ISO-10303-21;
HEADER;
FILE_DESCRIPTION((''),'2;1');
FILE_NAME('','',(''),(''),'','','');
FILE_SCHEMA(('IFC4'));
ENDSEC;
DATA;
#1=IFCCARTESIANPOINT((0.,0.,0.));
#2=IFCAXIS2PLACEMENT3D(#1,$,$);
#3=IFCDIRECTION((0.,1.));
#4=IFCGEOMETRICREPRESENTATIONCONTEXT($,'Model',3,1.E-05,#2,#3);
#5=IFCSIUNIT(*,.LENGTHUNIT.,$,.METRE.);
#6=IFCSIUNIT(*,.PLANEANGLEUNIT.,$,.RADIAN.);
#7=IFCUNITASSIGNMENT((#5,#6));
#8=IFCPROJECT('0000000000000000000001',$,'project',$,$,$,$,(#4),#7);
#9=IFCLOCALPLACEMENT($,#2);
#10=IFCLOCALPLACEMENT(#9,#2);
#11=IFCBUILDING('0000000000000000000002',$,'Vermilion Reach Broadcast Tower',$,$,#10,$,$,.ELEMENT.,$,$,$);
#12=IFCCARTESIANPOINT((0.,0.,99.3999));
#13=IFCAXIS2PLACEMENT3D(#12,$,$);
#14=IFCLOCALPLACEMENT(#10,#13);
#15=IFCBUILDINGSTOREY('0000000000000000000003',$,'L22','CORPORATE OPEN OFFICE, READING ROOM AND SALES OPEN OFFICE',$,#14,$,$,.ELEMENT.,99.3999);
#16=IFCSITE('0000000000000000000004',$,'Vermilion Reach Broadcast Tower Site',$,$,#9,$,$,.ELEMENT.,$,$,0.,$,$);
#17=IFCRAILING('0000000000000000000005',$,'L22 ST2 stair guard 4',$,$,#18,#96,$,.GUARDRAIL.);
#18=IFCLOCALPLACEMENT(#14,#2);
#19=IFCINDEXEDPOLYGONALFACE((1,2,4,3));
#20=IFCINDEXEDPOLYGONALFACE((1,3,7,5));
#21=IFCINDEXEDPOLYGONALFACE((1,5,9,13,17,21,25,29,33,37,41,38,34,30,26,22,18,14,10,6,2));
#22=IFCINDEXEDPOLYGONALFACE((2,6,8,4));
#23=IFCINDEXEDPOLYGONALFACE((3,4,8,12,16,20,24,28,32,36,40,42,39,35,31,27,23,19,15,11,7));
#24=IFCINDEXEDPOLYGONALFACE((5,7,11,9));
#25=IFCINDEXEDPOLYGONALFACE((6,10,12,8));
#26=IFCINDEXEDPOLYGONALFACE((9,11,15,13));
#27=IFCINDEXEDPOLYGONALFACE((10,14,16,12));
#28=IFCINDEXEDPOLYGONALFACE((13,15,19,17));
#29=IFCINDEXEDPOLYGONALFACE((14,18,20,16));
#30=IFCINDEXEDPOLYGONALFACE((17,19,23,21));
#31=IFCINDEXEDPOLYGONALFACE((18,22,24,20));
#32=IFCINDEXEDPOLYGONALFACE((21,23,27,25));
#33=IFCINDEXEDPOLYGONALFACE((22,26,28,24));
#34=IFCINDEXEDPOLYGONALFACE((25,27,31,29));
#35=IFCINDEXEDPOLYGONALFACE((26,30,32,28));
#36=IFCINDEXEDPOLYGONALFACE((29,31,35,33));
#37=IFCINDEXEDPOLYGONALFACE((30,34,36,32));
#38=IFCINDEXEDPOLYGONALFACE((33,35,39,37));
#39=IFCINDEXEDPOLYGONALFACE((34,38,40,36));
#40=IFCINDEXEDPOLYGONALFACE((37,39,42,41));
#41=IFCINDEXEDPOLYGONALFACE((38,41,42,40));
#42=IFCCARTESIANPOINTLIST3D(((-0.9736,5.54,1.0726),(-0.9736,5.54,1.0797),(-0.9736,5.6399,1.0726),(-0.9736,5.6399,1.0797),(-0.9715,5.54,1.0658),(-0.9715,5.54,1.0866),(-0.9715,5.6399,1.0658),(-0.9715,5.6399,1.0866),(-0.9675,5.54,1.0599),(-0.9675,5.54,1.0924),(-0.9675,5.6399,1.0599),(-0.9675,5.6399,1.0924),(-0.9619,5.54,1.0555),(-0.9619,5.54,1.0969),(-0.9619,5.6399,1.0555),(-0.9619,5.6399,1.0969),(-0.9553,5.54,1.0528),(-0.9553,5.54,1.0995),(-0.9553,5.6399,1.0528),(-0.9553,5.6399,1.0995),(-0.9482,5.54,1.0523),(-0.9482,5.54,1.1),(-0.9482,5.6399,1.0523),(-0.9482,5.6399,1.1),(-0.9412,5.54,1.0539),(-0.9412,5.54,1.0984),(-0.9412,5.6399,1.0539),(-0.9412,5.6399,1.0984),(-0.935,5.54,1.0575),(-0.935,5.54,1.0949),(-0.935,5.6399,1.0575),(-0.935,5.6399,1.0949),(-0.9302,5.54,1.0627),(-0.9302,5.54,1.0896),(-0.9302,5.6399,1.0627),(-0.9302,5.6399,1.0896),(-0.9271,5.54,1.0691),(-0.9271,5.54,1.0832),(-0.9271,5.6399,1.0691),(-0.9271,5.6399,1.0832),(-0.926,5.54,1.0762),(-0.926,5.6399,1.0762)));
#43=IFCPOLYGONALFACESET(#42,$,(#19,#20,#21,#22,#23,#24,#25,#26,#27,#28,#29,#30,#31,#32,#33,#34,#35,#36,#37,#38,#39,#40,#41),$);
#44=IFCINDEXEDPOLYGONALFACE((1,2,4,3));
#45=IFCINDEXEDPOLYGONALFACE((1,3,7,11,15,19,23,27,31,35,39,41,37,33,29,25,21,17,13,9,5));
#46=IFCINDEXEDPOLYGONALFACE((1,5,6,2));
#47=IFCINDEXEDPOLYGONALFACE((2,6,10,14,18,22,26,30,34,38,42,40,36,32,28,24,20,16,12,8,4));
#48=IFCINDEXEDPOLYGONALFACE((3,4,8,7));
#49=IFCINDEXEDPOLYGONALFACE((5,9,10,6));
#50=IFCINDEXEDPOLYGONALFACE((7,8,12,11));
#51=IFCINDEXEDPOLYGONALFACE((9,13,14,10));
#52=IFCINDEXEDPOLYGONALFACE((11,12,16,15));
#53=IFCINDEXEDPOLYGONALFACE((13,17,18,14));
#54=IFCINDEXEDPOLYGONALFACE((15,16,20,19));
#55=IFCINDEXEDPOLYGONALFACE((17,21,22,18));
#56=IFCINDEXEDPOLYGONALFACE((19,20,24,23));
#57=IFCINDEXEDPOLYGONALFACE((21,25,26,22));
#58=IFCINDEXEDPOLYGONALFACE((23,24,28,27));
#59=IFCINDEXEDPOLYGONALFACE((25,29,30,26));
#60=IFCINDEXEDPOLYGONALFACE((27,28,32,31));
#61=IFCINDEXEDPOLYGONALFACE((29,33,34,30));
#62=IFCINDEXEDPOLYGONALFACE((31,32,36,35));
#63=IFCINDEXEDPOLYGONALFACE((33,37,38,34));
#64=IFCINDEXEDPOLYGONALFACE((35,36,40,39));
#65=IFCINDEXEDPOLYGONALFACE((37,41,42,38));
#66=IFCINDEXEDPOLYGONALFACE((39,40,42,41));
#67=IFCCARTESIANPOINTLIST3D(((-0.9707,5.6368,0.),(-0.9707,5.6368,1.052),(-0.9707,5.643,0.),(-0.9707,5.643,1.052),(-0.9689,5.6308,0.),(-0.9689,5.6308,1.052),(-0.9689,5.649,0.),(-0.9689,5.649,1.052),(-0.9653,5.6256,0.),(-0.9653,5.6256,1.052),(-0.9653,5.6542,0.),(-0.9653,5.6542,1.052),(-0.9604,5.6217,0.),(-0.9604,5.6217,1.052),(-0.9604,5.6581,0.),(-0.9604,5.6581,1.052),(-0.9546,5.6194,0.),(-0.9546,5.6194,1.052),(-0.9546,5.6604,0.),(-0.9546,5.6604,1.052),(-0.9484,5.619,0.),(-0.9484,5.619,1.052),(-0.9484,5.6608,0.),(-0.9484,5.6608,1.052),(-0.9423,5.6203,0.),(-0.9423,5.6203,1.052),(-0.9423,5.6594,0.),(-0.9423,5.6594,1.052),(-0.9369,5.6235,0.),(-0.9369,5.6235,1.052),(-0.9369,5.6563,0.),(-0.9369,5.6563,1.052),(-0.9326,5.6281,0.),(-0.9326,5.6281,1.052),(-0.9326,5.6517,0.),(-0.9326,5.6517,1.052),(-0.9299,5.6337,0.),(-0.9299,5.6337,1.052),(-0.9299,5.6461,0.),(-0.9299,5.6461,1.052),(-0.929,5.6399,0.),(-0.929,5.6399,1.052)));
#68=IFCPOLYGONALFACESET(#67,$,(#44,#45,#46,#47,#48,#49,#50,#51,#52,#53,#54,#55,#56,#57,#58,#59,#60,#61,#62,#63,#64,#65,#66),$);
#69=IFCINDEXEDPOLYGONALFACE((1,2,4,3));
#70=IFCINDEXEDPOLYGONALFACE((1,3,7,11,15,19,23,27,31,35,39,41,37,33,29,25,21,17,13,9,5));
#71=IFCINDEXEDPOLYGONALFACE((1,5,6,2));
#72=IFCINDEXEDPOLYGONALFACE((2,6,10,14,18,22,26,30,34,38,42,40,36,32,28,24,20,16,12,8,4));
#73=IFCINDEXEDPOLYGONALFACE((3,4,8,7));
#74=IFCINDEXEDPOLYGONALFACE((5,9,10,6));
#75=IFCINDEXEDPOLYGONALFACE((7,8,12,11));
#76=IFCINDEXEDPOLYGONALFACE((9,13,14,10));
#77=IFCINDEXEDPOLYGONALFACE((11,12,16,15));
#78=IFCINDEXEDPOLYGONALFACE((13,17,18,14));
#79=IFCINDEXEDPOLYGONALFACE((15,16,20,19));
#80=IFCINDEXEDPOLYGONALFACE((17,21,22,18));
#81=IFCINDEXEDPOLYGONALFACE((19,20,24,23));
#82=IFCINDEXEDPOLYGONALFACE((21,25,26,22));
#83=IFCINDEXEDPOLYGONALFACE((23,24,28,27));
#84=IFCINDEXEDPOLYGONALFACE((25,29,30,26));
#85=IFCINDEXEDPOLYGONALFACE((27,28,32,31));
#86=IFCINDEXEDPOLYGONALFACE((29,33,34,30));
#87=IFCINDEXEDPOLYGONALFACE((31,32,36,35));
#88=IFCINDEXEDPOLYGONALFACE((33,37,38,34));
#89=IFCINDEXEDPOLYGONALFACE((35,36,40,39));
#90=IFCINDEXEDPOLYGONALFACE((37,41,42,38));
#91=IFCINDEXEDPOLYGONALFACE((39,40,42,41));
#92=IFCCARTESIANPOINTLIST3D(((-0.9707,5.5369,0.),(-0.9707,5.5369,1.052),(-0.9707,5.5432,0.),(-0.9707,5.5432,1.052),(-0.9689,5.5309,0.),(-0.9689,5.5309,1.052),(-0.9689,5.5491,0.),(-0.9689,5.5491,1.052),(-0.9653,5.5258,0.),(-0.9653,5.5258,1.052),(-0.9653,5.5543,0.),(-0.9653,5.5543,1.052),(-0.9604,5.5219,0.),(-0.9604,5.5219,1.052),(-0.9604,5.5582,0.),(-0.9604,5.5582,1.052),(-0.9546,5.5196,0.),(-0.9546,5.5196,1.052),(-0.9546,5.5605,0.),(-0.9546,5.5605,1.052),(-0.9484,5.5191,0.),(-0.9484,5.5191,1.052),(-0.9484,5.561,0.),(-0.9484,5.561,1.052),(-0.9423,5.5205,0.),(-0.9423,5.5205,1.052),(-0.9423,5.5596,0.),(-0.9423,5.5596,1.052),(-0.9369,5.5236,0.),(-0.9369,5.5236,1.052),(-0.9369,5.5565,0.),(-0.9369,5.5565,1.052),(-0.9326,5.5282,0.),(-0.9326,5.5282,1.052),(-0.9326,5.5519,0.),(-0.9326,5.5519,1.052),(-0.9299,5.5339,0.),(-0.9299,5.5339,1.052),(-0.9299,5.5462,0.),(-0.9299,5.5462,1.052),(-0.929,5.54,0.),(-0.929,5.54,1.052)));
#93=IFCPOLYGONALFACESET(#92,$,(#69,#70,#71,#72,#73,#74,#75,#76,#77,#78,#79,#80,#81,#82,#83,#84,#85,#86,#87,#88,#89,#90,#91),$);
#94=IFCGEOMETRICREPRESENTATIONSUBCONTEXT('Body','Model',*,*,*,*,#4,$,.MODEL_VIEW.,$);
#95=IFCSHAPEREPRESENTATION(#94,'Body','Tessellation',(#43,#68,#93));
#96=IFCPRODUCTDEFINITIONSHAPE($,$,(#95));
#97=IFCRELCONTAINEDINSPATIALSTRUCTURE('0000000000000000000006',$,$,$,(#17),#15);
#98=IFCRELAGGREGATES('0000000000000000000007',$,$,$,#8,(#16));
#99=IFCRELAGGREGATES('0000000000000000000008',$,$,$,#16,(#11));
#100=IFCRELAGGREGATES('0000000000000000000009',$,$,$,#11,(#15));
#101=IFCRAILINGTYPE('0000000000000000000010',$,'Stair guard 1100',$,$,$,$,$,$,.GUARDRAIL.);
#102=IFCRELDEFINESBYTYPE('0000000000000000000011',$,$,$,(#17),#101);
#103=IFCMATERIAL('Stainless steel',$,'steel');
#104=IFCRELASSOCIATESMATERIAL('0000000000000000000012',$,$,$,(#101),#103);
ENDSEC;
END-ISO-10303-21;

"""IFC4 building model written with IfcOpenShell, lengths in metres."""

from ifc_helpers import new_model, si_unit, direction, frame, origin, origin_2d, place, context, subcontext, project, spatial, circle, extrude, material, type_object, element, save


model = new_model("IFC4")

# Units and contexts
model_context = context("Model", 3, precision=1e-05, world=origin(), true_north=direction((0.0, 1.0)))
body_context = subcontext(model_context, "Body", "Model", "MODEL_VIEW")
ifc_project = project(units=[si_unit("LENGTHUNIT", "METRE"), si_unit("PLANEANGLEUNIT", "RADIAN")], contexts=[model_context])

# Site, building, storey
site_placement = place(None, origin())
site = spatial("IfcSite", under=ifc_project, at=site_placement, Name="Vermilion Reach Broadcast Tower Site", CompositionType="ELEMENT", RefElevation=0.0)
building_placement = place(site_placement, origin())
building = spatial("IfcBuilding", under=site, at=building_placement, Name="Vermilion Reach Broadcast Tower", CompositionType="ELEMENT")
storey_placement = place(building_placement, frame((0.0, 0.0, 99.3999)))
storey = spatial("IfcBuildingStorey", under=building, at=storey_placement, Name="L22", Description="CORPORATE OPEN OFFICE, READING ROOM AND SALES OPEN OFFICE", CompositionType="ELEMENT", Elevation=99.3999)

# Railing
ifc_material_1 = material(Name="Stainless steel", Category="steel")
railing_type_1 = type_object("IfcRailingType", Name="Stair guard 1100", PredefinedType="GUARDRAIL", material=ifc_material_1)
railing_1_placement = place(storey_placement, frame((-0.95, 5.6399, 0.0)))
element("IfcRailing", 1, at=railing_1_placement, inside=storey, type_object=railing_type_1, Name="L22 ST2 stair guard 4", PredefinedType="GUARDRAIL", context=body_context, shape_type="SweptSolid", body=[
    extrude(circle(Radius=0.0239, at=origin_2d()), frame((0.0, 0.0, 1.0762), z_axis=(0.0, -1.0, 0.0), x_axis=(1.0, 0.0, 0.0)), (0.0, 0.0, 1.0), 0.0999),
    extrude(circle(Radius=0.021, at=origin_2d()), origin(), (0.0, 0.0, 1.0), 1.052),
    extrude(circle(Radius=0.021, at=origin_2d()), frame((0.0, -0.0999, 0.0)), (0.0, 0.0, 1.0), 1.052),
])

save(model, "model.ifc")
